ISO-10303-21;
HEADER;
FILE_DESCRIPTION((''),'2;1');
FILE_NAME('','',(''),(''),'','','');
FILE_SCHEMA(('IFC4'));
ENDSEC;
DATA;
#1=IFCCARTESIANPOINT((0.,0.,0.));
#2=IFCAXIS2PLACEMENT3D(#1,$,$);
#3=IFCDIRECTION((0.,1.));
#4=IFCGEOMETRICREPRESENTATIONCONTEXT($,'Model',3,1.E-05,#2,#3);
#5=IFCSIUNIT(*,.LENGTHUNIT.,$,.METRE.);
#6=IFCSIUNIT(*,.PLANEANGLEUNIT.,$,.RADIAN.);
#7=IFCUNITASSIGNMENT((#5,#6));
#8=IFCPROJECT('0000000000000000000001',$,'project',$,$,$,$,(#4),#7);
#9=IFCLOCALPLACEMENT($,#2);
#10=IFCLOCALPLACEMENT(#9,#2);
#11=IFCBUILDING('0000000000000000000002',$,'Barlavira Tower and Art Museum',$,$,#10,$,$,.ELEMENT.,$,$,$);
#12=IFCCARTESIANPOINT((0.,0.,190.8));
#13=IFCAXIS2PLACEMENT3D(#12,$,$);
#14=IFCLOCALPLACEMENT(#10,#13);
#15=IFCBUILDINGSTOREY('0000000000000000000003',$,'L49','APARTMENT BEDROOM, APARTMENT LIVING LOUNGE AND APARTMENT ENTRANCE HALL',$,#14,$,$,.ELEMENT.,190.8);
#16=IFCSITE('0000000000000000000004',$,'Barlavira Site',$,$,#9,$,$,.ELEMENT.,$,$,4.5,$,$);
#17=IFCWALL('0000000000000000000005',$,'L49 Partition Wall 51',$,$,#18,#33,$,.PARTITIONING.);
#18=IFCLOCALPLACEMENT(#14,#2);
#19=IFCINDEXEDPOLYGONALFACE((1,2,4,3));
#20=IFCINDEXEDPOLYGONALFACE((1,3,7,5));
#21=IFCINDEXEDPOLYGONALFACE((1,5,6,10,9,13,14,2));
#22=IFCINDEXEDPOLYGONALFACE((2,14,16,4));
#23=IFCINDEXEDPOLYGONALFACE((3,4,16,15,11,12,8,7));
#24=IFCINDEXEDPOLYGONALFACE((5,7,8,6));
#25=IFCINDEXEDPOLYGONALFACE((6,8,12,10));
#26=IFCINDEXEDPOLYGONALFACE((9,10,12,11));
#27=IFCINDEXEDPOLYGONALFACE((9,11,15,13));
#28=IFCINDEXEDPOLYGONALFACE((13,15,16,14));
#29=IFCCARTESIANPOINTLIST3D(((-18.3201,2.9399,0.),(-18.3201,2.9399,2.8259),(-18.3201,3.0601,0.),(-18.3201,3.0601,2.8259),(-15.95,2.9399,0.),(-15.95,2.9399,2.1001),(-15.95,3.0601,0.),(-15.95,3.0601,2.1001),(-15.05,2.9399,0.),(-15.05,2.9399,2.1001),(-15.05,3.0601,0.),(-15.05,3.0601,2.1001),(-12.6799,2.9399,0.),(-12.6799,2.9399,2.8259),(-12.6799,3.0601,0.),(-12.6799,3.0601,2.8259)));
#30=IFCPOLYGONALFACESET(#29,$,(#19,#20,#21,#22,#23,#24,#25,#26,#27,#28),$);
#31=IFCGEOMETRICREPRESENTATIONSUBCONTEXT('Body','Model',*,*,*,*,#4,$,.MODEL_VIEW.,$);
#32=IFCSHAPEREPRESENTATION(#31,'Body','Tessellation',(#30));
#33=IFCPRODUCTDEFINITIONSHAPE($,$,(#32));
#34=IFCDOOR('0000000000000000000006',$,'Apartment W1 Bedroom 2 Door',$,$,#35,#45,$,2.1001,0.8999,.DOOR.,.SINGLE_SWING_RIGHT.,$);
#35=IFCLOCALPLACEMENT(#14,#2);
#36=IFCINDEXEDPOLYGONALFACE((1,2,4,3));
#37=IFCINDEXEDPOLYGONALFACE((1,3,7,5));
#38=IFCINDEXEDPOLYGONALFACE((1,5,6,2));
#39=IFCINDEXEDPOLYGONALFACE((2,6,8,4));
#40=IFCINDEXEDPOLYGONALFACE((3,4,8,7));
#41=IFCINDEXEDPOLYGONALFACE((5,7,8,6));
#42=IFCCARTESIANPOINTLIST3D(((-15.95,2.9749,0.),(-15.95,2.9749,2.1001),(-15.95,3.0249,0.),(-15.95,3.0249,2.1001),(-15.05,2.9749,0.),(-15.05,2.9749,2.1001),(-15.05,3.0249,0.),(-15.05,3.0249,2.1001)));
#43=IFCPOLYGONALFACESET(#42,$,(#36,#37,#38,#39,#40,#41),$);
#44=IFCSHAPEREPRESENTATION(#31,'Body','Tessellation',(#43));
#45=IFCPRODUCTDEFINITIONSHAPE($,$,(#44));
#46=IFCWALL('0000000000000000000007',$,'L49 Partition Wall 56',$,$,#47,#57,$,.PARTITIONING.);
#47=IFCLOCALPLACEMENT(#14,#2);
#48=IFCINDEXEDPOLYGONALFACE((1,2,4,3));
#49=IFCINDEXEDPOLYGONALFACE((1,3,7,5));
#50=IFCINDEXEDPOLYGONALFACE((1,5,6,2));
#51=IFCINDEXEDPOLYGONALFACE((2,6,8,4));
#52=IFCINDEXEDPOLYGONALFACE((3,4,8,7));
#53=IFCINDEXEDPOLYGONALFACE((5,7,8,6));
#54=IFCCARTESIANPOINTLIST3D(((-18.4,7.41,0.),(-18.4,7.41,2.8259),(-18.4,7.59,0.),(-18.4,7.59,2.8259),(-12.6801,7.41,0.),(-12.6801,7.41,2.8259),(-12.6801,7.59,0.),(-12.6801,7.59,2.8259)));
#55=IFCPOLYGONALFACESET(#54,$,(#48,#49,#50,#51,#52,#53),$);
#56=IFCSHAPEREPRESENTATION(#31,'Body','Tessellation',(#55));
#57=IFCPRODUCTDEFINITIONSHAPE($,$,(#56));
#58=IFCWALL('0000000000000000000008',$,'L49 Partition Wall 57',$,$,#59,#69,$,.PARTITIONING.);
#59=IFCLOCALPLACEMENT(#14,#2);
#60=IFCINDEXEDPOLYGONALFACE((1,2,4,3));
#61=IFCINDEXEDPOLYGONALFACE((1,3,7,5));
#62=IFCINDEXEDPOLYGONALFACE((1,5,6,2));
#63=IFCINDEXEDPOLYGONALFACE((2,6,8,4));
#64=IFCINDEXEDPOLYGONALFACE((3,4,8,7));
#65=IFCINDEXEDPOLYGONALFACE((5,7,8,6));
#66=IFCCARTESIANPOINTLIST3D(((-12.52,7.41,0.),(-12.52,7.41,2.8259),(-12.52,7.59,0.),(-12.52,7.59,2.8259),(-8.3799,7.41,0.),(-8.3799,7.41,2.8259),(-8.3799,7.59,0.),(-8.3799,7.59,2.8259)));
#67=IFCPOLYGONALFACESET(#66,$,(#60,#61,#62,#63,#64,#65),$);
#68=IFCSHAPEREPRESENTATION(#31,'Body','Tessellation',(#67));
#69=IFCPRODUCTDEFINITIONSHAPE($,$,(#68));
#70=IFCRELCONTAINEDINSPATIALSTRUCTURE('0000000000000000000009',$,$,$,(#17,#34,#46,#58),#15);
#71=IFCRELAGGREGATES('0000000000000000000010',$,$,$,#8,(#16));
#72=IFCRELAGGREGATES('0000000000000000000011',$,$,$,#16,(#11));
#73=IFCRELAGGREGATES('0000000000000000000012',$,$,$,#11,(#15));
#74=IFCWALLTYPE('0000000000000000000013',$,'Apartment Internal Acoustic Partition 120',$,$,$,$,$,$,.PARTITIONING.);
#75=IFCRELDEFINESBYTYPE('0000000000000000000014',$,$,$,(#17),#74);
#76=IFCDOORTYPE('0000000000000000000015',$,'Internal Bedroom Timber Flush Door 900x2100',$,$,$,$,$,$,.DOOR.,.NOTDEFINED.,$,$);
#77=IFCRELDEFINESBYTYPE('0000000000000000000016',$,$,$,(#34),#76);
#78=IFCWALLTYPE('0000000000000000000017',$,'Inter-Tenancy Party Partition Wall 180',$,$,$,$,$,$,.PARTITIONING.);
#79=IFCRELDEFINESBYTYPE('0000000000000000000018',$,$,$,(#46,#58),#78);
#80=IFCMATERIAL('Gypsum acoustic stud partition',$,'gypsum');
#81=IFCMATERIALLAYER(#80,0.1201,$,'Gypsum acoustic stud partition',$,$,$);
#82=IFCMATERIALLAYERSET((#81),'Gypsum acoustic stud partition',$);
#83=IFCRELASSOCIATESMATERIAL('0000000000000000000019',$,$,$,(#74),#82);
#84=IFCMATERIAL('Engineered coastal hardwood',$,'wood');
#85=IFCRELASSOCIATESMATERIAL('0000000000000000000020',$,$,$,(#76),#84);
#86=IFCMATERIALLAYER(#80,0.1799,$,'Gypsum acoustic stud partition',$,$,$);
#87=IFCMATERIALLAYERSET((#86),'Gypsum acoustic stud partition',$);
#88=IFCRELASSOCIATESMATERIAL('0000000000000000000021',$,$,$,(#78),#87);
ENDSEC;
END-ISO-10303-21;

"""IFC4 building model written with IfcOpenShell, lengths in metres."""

from ifc_helpers import new_model, si_unit, direction, frame, frame_2d, origin, place, context, subcontext, project, spatial, rectangle, extrude, material, layer, layer_set, type_object, element, fill, save


model = new_model("IFC4")

# Units and contexts
model_context = context("Model", 3, precision=1e-05, world=origin(), true_north=direction((0.0, 1.0)))
body_context = subcontext(model_context, "Body", "Model", "MODEL_VIEW")
ifc_project = project(units=[si_unit("LENGTHUNIT", "METRE"), si_unit("PLANEANGLEUNIT", "RADIAN")], contexts=[model_context])

# Site, building, storey
site_placement = place(None, origin())
site = spatial("IfcSite", under=ifc_project, at=site_placement, Name="Barlavira Site", CompositionType="ELEMENT", RefElevation=4.5)
building_placement = place(site_placement, origin())
building = spatial("IfcBuilding", under=site, at=building_placement, Name="Barlavira Tower and Art Museum", CompositionType="ELEMENT")
storey_placement = place(building_placement, frame((0.0, 0.0, 190.8)))
storey = spatial("IfcBuildingStorey", under=building, at=storey_placement, Name="L49", Description="APARTMENT BEDROOM, APARTMENT LIVING LOUNGE AND APARTMENT ENTRANCE HALL", CompositionType="ELEMENT", Elevation=190.8)

# Wall, opening, door
ifc_material_1 = material(Name="Gypsum acoustic stud partition", Category="gypsum")
ifc_layer_1 = layer(ifc_material_1, 0.1201, Name="Gypsum acoustic stud partition")
ifc_layer_set_1 = layer_set([ifc_layer_1], Name="Gypsum acoustic stud partition")
wall_type_1 = type_object("IfcWallType", Name="Apartment Internal Acoustic Partition 120", PredefinedType="PARTITIONING", material=ifc_layer_set_1)
ifc_material_2 = material(Name="Engineered coastal hardwood", Category="wood")
door_type = type_object("IfcDoorType", Name="Internal Bedroom Timber Flush Door 900x2100", OperationType="NOTDEFINED", PredefinedType="DOOR", material=ifc_material_2)
wall_1_placement = place(storey_placement, frame((-18.3201, 3.0, 0.0), z_axis=(0.0, 0.0, 1.0), x_axis=(1.0, 0.0, 0.0)))
wall_1 = element("IfcWall", 1, at=wall_1_placement, inside=storey, type_object=wall_type_1, Name="L49 Partition Wall 51", PredefinedType="PARTITIONING", context=body_context, shape_type="SweptSolid", body=[
    extrude(rectangle(XDim=5.6401, YDim=0.1201, at=frame_2d((2.8201, 0.0))), origin(), (0.0, 0.0, 1.0), 2.8259),
])
opening_1_placement = place(wall_1_placement, frame((2.3701, 0.0, 0.0)))
opening_1 = element("IfcOpeningElement", 2, at=opening_1_placement, cuts=wall_1, PredefinedType="OPENING", context=body_context, shape_type="SweptSolid", body=[
    extrude(rectangle(XDim=0.8999, YDim=2.1001, at=frame_2d((0.45, 1.05))), frame((0.0, 0.0701, 0.0), z_axis=(0.0, -1.0, 0.0), x_axis=(1.0, 0.0, 0.0)), (0.0, 0.0, 1.0), 0.1401),
])
door_1_placement = place(opening_1_placement, origin())
door_1 = element("IfcDoor", 3, at=door_1_placement, inside=storey, type_object=door_type, Name="Apartment W1 Bedroom 2 Door", OperationType="SINGLE_SWING_RIGHT", OverallHeight=2.1001, OverallWidth=0.8999, PredefinedType="DOOR", context=body_context, shape_type="SweptSolid", body=[
    extrude(rectangle(XDim=0.8999, YDim=2.1001, at=frame_2d((0.45, 1.05))), frame((0.0, 0.0249, 0.0), z_axis=(0.0, -1.0, 0.0), x_axis=(1.0, 0.0, 0.0)), (0.0, 0.0, 1.0), 0.05),
])
fill(opening_1, door_1)

# Walls
ifc_layer_2 = layer(ifc_material_1, 0.1799, Name="Gypsum acoustic stud partition")
ifc_layer_set_2 = layer_set([ifc_layer_2], Name="Gypsum acoustic stud partition")
wall_type_2 = type_object("IfcWallType", Name="Inter-Tenancy Party Partition Wall 180", PredefinedType="PARTITIONING", material=ifc_layer_set_2)
wall_2_placement = place(storey_placement, frame((-18.3999, 7.5, 0.0), z_axis=(0.0, 0.0, 1.0), x_axis=(1.0, 0.0, 0.0)))
element("IfcWall", 4, at=wall_2_placement, inside=storey, type_object=wall_type_2, Name="L49 Partition Wall 56", PredefinedType="PARTITIONING", context=body_context, shape_type="SweptSolid", body=[
    extrude(rectangle(XDim=5.72, YDim=0.1799, at=frame_2d((2.8599, 0.0))), origin(), (0.0, 0.0, 1.0), 2.8259),
])
wall_3_placement = place(storey_placement, frame((-12.52, 7.5, 0.0), z_axis=(0.0, 0.0, 1.0), x_axis=(1.0, 0.0, 0.0)))
element("IfcWall", 5, at=wall_3_placement, inside=storey, type_object=wall_type_2, Name="L49 Partition Wall 57", PredefinedType="PARTITIONING", context=body_context, shape_type="SweptSolid", body=[
    extrude(rectangle(XDim=4.1401, YDim=0.1799, at=frame_2d((2.0701, 0.0))), origin(), (0.0, 0.0, 1.0), 2.8259),
])

save(model, "model.ifc")
